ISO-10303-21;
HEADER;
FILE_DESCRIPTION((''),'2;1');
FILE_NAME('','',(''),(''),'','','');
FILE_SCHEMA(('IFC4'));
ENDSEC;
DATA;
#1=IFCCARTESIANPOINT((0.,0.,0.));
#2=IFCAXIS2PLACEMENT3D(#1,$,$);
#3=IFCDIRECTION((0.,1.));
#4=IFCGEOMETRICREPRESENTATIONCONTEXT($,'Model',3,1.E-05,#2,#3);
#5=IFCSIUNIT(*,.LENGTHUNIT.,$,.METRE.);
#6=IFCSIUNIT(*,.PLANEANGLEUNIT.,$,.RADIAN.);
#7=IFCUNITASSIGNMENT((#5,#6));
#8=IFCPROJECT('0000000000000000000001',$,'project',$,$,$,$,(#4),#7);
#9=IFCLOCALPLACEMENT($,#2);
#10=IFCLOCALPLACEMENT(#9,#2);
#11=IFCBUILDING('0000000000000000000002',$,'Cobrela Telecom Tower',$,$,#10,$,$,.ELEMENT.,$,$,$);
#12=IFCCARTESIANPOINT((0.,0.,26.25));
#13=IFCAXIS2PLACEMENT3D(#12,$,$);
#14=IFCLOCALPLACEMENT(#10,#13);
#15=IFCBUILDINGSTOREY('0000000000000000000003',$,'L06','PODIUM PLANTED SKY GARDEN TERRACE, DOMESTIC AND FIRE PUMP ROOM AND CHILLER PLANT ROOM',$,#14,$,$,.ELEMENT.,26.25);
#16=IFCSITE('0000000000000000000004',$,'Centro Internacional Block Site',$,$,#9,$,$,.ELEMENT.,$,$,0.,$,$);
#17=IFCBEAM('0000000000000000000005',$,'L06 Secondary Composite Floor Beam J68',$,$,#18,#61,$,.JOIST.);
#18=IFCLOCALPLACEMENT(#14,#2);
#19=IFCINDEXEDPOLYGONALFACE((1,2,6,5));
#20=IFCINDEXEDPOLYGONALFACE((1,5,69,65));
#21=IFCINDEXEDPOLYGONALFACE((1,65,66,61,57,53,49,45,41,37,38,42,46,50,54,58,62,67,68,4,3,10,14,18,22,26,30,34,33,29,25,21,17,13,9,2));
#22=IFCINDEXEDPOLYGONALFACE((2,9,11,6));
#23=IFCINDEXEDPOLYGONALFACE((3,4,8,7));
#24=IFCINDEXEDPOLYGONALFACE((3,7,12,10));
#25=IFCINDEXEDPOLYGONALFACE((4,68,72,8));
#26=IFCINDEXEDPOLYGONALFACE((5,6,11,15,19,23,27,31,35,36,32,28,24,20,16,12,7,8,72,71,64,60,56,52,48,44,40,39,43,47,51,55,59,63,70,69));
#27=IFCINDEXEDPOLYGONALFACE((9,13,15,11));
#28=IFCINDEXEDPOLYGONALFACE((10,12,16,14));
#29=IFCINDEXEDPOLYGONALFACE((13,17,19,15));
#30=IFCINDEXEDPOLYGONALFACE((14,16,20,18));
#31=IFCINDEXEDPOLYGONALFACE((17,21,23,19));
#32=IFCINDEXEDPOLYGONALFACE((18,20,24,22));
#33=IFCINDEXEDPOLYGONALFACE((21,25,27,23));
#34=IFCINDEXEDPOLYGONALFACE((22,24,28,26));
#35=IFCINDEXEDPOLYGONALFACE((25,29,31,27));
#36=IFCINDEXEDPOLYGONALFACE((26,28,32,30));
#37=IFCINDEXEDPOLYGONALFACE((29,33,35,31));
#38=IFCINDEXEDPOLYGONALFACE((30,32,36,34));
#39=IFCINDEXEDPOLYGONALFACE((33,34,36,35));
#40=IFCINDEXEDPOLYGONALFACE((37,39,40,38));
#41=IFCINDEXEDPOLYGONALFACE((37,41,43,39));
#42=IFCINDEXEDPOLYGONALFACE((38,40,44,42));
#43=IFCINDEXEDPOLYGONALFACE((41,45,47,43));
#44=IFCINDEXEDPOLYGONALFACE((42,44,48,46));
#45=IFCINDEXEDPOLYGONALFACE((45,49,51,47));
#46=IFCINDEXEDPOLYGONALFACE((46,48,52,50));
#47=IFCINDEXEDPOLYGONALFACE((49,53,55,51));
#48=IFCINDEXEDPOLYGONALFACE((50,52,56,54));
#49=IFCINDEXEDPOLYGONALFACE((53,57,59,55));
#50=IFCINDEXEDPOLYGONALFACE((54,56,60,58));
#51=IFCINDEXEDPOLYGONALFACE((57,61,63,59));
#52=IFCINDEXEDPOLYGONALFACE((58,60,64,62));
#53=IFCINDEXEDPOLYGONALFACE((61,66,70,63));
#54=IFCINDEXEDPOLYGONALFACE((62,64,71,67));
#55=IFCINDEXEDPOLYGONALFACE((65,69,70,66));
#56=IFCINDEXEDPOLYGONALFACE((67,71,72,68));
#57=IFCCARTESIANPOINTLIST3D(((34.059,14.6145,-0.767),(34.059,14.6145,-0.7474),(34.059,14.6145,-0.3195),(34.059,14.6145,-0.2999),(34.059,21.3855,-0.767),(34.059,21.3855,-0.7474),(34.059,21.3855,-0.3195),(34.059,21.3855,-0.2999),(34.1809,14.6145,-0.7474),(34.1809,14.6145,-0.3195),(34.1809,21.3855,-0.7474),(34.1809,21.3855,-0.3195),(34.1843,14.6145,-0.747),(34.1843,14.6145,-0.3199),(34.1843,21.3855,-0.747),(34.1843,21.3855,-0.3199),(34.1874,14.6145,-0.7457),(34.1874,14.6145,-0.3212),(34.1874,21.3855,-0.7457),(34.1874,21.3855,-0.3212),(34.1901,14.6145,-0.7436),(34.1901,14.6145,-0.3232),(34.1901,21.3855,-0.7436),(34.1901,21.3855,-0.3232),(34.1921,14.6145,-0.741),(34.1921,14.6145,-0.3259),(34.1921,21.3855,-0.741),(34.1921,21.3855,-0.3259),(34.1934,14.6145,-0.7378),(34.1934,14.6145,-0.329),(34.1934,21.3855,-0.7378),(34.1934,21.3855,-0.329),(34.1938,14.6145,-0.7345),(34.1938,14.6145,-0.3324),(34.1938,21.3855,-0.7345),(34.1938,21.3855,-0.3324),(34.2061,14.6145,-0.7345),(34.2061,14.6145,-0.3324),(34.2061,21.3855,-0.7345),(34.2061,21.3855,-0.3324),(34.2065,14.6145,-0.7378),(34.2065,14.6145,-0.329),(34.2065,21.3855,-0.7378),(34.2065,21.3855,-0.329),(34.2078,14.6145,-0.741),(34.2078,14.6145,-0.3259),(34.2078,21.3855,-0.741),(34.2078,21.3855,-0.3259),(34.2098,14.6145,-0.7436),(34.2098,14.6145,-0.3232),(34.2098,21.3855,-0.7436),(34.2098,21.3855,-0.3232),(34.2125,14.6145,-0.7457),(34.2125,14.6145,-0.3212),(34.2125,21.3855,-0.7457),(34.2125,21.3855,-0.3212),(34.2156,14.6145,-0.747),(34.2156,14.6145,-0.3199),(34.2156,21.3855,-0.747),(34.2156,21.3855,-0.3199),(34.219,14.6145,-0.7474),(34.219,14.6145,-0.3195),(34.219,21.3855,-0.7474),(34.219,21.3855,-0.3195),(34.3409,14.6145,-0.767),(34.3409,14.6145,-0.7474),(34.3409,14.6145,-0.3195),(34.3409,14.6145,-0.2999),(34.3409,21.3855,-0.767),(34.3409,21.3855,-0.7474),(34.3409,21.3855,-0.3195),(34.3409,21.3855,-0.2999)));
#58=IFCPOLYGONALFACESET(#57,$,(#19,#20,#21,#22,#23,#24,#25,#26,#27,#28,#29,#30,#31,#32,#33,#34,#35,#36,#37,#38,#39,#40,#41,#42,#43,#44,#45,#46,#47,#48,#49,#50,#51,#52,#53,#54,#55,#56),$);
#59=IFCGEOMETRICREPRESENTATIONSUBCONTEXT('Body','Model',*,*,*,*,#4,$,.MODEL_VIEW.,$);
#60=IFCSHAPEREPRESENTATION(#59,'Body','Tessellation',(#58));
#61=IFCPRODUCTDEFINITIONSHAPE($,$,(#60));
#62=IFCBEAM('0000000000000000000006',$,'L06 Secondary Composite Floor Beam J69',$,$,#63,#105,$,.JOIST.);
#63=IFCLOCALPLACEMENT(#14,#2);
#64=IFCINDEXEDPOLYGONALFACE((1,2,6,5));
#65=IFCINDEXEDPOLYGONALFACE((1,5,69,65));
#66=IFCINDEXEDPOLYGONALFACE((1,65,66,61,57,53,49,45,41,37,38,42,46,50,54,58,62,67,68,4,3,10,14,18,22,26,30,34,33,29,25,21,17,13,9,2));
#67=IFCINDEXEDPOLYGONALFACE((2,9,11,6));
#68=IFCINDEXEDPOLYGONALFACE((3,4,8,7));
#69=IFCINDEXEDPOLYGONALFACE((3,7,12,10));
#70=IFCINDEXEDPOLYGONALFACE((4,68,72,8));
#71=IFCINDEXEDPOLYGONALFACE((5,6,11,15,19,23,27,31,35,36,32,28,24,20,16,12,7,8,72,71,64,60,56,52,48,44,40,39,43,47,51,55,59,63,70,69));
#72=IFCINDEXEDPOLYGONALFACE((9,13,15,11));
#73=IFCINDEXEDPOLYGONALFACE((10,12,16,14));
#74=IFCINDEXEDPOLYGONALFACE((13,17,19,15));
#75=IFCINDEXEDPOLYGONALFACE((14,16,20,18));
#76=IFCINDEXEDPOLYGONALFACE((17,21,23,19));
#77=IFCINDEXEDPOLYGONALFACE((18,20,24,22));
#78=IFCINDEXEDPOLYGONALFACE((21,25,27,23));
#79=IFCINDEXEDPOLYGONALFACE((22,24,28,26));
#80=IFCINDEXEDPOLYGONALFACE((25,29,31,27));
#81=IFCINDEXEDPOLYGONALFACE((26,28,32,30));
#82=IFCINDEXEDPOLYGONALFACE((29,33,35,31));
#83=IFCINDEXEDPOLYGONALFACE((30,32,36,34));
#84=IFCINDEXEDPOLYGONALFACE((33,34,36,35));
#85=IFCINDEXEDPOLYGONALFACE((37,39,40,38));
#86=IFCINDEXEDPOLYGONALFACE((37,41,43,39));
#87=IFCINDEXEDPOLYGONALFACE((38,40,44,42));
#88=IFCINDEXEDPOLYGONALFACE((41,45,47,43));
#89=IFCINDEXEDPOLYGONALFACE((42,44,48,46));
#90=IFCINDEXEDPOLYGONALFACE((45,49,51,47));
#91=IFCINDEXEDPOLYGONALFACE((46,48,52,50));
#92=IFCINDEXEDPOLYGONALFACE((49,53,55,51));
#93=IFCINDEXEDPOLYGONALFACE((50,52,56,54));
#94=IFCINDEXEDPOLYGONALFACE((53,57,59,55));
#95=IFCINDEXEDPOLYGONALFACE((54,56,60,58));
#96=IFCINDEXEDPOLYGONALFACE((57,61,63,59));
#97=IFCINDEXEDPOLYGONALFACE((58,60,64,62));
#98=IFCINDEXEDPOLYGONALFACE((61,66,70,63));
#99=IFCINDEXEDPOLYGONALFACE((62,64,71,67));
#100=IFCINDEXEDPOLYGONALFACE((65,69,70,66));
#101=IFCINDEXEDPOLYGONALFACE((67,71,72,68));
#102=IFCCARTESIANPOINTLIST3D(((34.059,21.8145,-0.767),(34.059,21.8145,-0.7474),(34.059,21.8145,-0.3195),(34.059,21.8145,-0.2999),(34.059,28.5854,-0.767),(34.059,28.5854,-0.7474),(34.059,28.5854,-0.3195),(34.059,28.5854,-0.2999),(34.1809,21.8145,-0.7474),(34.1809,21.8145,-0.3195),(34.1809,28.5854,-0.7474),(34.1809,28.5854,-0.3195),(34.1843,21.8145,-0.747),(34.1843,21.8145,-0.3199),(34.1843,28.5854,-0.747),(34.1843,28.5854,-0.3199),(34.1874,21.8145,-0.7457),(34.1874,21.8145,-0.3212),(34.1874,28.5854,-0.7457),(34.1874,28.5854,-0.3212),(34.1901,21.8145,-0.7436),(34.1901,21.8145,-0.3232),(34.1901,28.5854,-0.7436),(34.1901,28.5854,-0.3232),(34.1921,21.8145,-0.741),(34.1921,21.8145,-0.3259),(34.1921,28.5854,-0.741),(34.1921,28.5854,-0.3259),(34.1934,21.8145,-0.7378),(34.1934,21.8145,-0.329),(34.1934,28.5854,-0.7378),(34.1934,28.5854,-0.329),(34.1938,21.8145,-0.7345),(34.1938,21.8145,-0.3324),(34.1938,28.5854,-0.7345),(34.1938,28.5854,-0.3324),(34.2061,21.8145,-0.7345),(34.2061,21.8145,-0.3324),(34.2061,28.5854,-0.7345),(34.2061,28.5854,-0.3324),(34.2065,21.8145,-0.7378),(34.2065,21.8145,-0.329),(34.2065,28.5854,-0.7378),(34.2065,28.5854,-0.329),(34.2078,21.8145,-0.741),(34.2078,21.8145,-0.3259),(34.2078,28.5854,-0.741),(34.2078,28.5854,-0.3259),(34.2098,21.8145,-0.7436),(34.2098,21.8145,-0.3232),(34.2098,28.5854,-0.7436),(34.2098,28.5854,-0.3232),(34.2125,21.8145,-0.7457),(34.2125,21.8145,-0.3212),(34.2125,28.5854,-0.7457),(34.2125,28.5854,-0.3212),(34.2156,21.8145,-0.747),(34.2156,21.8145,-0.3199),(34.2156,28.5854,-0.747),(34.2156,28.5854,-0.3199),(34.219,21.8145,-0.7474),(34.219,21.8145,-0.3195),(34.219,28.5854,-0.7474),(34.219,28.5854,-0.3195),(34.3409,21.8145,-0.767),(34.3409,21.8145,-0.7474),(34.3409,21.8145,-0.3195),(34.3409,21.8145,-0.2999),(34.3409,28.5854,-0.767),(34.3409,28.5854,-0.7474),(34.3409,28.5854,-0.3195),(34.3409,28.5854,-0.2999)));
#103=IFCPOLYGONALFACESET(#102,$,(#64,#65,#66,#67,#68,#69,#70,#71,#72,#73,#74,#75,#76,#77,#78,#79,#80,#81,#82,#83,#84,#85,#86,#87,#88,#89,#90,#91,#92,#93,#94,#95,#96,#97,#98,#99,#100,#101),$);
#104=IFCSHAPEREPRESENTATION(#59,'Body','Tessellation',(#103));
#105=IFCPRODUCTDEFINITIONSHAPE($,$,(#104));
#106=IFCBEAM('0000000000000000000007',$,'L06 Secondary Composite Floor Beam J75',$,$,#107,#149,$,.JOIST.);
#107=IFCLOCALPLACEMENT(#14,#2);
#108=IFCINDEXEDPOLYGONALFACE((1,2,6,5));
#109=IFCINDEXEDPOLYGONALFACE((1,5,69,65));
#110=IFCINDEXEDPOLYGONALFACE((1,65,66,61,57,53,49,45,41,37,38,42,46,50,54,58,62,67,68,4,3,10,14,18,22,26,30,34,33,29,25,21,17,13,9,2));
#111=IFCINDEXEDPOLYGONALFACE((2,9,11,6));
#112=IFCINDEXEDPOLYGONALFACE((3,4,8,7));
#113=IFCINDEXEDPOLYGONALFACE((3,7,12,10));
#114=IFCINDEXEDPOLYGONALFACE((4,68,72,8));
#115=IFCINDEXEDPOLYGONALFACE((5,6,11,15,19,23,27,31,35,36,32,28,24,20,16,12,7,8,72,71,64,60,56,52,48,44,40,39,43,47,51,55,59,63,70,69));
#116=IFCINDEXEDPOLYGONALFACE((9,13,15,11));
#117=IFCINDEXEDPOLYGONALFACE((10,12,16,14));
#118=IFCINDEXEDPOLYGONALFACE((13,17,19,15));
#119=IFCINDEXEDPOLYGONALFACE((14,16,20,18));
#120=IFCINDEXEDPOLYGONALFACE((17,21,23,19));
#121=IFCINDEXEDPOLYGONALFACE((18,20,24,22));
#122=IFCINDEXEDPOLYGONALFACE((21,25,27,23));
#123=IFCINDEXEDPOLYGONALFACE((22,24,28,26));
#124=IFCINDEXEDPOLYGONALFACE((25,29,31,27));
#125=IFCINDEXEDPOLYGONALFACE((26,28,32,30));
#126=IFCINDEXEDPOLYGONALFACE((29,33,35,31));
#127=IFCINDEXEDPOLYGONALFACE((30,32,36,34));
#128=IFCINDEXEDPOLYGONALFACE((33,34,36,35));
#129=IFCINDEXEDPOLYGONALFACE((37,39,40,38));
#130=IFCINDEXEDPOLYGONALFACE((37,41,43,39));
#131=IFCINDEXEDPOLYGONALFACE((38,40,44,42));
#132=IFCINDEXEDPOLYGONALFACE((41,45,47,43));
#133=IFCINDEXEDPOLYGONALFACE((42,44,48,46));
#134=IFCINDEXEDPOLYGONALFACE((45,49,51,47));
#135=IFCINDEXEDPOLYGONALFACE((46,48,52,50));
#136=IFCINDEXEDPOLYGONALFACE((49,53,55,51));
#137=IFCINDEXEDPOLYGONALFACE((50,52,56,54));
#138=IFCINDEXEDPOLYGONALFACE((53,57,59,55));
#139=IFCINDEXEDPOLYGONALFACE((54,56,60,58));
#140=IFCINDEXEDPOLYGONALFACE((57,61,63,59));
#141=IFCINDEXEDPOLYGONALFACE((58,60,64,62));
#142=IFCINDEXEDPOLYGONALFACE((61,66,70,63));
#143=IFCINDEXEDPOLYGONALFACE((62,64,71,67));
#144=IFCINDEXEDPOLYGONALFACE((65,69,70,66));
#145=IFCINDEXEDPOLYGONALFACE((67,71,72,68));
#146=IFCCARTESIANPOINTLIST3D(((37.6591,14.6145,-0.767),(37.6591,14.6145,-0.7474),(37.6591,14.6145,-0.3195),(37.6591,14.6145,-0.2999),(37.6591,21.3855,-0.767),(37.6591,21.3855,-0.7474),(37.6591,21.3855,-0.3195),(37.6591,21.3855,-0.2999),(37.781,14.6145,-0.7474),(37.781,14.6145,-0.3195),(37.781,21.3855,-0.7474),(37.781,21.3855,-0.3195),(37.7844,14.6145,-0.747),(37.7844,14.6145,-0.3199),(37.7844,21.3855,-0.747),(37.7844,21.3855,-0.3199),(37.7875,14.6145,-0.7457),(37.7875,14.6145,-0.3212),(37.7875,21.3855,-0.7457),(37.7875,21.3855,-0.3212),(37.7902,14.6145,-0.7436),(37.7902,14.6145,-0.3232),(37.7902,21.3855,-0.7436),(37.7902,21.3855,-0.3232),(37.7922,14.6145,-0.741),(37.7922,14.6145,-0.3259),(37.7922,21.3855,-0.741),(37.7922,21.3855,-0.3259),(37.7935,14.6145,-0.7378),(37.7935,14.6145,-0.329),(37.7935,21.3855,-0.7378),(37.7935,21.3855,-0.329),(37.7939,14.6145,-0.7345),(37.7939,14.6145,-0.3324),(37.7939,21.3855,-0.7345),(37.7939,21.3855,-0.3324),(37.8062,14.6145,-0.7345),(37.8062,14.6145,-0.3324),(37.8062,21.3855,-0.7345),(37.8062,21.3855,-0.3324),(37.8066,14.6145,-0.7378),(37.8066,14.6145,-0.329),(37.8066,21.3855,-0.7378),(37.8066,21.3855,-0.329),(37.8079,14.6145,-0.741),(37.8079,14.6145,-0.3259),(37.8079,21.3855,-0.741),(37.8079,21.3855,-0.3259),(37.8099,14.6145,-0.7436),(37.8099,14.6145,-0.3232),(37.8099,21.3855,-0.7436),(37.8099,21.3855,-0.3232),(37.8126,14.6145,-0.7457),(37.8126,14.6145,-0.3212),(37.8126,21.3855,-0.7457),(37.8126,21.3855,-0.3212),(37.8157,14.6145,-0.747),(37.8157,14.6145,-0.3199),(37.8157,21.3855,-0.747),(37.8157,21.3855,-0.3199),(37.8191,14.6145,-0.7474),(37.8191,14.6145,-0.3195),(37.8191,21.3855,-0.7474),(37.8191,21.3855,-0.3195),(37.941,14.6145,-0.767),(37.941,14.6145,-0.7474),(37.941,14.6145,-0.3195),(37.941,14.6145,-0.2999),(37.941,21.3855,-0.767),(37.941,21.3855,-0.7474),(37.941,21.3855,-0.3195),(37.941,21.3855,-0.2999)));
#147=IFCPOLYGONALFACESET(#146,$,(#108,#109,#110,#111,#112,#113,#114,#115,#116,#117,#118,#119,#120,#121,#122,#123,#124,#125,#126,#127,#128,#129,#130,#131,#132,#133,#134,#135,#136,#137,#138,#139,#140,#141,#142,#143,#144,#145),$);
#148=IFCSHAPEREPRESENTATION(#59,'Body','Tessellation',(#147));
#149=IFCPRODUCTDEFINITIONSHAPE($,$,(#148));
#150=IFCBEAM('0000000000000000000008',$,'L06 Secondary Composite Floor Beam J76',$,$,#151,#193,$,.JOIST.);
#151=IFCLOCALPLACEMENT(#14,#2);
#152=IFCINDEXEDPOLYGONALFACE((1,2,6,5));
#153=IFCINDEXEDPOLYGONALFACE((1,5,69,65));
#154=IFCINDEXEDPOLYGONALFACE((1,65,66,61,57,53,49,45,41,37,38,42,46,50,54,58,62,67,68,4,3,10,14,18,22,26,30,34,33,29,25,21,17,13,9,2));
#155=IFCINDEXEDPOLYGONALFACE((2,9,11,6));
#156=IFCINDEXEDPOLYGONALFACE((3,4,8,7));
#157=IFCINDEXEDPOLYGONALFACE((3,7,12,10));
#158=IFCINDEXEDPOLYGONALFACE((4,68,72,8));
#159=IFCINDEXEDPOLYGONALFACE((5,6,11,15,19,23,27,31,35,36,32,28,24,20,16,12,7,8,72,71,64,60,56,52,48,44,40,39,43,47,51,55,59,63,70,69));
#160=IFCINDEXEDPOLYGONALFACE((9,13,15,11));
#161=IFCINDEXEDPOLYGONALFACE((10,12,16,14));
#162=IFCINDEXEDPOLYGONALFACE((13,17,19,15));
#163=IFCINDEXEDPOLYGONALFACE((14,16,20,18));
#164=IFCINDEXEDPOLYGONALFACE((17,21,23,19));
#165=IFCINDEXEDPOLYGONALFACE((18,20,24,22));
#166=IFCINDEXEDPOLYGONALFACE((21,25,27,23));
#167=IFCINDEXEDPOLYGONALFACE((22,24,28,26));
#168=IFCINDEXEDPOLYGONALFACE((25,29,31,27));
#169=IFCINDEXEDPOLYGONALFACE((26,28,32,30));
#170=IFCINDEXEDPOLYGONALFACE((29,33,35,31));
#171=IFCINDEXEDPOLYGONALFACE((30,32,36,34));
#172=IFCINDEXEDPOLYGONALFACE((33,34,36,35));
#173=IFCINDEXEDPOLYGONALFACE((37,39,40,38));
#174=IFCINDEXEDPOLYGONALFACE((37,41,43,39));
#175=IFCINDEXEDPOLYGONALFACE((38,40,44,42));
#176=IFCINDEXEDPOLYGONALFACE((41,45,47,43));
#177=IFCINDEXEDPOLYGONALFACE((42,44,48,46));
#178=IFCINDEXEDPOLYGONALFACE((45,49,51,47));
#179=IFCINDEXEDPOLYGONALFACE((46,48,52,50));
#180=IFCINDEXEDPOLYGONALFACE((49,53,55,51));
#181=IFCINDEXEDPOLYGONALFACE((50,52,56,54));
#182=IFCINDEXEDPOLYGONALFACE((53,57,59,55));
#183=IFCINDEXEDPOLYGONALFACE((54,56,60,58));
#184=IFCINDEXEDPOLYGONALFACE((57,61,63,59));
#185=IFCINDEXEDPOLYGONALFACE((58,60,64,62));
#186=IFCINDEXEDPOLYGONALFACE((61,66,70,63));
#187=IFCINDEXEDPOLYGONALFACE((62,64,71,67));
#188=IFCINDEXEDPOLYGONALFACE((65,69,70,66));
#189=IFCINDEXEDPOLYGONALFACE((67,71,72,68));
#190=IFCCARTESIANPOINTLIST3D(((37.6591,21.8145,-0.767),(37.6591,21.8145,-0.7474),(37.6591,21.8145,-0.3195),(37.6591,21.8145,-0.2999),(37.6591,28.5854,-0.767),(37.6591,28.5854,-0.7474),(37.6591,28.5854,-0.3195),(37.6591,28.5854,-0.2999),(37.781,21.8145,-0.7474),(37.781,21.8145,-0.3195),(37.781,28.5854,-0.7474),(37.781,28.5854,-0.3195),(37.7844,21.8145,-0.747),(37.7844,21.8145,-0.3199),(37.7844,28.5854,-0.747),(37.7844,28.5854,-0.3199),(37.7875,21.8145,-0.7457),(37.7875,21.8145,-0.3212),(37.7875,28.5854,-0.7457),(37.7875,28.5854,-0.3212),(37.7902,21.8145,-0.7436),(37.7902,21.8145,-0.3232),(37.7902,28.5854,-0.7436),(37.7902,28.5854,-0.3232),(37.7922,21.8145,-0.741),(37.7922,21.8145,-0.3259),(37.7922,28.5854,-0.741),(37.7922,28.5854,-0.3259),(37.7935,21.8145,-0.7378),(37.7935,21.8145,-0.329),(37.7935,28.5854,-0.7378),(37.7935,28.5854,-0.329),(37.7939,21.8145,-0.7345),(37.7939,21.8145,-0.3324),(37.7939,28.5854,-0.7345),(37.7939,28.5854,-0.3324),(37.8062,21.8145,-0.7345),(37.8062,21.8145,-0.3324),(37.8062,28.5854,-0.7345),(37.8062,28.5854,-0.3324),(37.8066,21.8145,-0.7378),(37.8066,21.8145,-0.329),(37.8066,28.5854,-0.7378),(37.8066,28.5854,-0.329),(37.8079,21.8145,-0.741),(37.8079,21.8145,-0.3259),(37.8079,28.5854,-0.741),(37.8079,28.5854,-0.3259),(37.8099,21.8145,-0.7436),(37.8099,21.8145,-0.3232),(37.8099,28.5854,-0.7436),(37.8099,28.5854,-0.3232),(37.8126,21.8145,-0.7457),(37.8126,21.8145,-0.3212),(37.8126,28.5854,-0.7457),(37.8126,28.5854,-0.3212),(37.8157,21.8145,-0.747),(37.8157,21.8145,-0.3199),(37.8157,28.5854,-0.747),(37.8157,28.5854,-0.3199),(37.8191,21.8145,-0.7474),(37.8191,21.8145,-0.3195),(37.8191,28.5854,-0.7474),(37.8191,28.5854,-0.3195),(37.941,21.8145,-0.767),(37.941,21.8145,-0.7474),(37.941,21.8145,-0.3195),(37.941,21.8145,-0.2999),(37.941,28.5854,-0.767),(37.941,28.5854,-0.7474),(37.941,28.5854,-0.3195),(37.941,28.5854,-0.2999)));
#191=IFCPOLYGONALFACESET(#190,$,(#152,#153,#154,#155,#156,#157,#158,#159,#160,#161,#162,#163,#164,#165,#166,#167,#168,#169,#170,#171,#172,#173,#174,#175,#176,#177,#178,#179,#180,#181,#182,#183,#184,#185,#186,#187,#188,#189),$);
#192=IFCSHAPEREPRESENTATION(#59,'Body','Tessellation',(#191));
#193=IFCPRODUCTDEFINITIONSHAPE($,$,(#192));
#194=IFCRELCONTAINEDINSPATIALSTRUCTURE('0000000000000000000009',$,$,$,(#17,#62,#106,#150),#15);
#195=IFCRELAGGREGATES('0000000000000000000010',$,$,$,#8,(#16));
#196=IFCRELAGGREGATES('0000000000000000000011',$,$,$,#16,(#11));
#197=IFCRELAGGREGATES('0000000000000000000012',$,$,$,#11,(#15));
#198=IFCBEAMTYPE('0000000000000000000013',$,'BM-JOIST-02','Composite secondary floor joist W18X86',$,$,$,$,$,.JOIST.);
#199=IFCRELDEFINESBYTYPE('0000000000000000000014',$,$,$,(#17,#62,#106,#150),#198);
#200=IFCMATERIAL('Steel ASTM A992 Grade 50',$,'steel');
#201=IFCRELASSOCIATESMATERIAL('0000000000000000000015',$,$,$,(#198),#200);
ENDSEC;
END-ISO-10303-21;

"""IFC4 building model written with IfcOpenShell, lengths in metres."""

from ifc_helpers import new_model, si_unit, direction, frame, origin, origin_2d, place, context, subcontext, project, spatial, i_section, extrude, material, material_profile, profile_set, type_object, element, save


model = new_model("IFC4")

# Units and contexts
model_context = context("Model", 3, precision=1e-05, world=origin(), true_north=direction((0.0, 1.0)))
body_context = subcontext(model_context, "Body", "Model", "MODEL_VIEW")
ifc_project = project(units=[si_unit("LENGTHUNIT", "METRE"), si_unit("PLANEANGLEUNIT", "RADIAN")], contexts=[model_context])

# Site, building, storey
site_placement = place(None, origin())
site = spatial("IfcSite", under=ifc_project, at=site_placement, Name="Centro Internacional Block Site", CompositionType="ELEMENT", RefElevation=0.0)
building_placement = place(site_placement, origin())
building = spatial("IfcBuilding", under=site, at=building_placement, Name="Cobrela Telecom Tower", CompositionType="ELEMENT")
storey_placement = place(building_placement, frame((0.0, 0.0, 26.25)))
storey = spatial("IfcBuildingStorey", under=building, at=storey_placement, Name="L06", Description="PODIUM PLANTED SKY GARDEN TERRACE, DOMESTIC AND FIRE PUMP ROOM AND CHILLER PLANT ROOM", CompositionType="ELEMENT", Elevation=26.25)

# Beams
ifc_material_1 = material(Name="Steel ASTM A992 Grade 50", Category="steel")
ifc_material_profile_1 = material_profile(ifc_material_1, i_section(OverallWidth=0.282, OverallDepth=0.467, WebThickness=0.0122, FlangeThickness=0.0195, FilletRadius=0.0129, at=origin_2d()), Name="W18X86")
ifc_profile_set_1 = profile_set([ifc_material_profile_1], Name="Steel ASTM A992 Grade 50")
beam_type_1 = type_object("IfcBeamType", Name="BM-JOIST-02", Description="Composite secondary floor joist W18X86", PredefinedType="JOIST", material=ifc_profile_set_1)
for number, where, z_axis, x_axis, name in (
    (1, (34.2, 14.6145, -0.5334), (0.0, 1.0, 0.0), (-1.0, 0.0, 0.0), "L06 Secondary Composite Floor Beam J68"),
    (2, (34.2, 21.8145, -0.5334), (0.0, 1.0, 0.0), (-1.0, 0.0, 0.0), "L06 Secondary Composite Floor Beam J69"),
    (3, (37.8, 14.6145, -0.5334), (0.0, 1.0, 0.0), (-1.0, 0.0, 0.0), "L06 Secondary Composite Floor Beam J75"),
    (4, (37.8, 21.8145, -0.5334), (0.0, 1.0, 0.0), (-1.0, 0.0, 0.0), "L06 Secondary Composite Floor Beam J76"),
):
    element("IfcBeam", number, at=place(storey_placement, frame(where, z_axis=z_axis, x_axis=x_axis)), inside=storey, type_object=beam_type_1, Name=name, PredefinedType="JOIST", context=body_context, shape_type="SweptSolid", body=[
        extrude(i_section(OverallWidth=0.282, OverallDepth=0.467, WebThickness=0.0122, FlangeThickness=0.0195, FilletRadius=0.0129, at=origin_2d()), origin(), (0.0, 0.0, 1.0), 6.771),
    ])

save(model, "model.ifc")
